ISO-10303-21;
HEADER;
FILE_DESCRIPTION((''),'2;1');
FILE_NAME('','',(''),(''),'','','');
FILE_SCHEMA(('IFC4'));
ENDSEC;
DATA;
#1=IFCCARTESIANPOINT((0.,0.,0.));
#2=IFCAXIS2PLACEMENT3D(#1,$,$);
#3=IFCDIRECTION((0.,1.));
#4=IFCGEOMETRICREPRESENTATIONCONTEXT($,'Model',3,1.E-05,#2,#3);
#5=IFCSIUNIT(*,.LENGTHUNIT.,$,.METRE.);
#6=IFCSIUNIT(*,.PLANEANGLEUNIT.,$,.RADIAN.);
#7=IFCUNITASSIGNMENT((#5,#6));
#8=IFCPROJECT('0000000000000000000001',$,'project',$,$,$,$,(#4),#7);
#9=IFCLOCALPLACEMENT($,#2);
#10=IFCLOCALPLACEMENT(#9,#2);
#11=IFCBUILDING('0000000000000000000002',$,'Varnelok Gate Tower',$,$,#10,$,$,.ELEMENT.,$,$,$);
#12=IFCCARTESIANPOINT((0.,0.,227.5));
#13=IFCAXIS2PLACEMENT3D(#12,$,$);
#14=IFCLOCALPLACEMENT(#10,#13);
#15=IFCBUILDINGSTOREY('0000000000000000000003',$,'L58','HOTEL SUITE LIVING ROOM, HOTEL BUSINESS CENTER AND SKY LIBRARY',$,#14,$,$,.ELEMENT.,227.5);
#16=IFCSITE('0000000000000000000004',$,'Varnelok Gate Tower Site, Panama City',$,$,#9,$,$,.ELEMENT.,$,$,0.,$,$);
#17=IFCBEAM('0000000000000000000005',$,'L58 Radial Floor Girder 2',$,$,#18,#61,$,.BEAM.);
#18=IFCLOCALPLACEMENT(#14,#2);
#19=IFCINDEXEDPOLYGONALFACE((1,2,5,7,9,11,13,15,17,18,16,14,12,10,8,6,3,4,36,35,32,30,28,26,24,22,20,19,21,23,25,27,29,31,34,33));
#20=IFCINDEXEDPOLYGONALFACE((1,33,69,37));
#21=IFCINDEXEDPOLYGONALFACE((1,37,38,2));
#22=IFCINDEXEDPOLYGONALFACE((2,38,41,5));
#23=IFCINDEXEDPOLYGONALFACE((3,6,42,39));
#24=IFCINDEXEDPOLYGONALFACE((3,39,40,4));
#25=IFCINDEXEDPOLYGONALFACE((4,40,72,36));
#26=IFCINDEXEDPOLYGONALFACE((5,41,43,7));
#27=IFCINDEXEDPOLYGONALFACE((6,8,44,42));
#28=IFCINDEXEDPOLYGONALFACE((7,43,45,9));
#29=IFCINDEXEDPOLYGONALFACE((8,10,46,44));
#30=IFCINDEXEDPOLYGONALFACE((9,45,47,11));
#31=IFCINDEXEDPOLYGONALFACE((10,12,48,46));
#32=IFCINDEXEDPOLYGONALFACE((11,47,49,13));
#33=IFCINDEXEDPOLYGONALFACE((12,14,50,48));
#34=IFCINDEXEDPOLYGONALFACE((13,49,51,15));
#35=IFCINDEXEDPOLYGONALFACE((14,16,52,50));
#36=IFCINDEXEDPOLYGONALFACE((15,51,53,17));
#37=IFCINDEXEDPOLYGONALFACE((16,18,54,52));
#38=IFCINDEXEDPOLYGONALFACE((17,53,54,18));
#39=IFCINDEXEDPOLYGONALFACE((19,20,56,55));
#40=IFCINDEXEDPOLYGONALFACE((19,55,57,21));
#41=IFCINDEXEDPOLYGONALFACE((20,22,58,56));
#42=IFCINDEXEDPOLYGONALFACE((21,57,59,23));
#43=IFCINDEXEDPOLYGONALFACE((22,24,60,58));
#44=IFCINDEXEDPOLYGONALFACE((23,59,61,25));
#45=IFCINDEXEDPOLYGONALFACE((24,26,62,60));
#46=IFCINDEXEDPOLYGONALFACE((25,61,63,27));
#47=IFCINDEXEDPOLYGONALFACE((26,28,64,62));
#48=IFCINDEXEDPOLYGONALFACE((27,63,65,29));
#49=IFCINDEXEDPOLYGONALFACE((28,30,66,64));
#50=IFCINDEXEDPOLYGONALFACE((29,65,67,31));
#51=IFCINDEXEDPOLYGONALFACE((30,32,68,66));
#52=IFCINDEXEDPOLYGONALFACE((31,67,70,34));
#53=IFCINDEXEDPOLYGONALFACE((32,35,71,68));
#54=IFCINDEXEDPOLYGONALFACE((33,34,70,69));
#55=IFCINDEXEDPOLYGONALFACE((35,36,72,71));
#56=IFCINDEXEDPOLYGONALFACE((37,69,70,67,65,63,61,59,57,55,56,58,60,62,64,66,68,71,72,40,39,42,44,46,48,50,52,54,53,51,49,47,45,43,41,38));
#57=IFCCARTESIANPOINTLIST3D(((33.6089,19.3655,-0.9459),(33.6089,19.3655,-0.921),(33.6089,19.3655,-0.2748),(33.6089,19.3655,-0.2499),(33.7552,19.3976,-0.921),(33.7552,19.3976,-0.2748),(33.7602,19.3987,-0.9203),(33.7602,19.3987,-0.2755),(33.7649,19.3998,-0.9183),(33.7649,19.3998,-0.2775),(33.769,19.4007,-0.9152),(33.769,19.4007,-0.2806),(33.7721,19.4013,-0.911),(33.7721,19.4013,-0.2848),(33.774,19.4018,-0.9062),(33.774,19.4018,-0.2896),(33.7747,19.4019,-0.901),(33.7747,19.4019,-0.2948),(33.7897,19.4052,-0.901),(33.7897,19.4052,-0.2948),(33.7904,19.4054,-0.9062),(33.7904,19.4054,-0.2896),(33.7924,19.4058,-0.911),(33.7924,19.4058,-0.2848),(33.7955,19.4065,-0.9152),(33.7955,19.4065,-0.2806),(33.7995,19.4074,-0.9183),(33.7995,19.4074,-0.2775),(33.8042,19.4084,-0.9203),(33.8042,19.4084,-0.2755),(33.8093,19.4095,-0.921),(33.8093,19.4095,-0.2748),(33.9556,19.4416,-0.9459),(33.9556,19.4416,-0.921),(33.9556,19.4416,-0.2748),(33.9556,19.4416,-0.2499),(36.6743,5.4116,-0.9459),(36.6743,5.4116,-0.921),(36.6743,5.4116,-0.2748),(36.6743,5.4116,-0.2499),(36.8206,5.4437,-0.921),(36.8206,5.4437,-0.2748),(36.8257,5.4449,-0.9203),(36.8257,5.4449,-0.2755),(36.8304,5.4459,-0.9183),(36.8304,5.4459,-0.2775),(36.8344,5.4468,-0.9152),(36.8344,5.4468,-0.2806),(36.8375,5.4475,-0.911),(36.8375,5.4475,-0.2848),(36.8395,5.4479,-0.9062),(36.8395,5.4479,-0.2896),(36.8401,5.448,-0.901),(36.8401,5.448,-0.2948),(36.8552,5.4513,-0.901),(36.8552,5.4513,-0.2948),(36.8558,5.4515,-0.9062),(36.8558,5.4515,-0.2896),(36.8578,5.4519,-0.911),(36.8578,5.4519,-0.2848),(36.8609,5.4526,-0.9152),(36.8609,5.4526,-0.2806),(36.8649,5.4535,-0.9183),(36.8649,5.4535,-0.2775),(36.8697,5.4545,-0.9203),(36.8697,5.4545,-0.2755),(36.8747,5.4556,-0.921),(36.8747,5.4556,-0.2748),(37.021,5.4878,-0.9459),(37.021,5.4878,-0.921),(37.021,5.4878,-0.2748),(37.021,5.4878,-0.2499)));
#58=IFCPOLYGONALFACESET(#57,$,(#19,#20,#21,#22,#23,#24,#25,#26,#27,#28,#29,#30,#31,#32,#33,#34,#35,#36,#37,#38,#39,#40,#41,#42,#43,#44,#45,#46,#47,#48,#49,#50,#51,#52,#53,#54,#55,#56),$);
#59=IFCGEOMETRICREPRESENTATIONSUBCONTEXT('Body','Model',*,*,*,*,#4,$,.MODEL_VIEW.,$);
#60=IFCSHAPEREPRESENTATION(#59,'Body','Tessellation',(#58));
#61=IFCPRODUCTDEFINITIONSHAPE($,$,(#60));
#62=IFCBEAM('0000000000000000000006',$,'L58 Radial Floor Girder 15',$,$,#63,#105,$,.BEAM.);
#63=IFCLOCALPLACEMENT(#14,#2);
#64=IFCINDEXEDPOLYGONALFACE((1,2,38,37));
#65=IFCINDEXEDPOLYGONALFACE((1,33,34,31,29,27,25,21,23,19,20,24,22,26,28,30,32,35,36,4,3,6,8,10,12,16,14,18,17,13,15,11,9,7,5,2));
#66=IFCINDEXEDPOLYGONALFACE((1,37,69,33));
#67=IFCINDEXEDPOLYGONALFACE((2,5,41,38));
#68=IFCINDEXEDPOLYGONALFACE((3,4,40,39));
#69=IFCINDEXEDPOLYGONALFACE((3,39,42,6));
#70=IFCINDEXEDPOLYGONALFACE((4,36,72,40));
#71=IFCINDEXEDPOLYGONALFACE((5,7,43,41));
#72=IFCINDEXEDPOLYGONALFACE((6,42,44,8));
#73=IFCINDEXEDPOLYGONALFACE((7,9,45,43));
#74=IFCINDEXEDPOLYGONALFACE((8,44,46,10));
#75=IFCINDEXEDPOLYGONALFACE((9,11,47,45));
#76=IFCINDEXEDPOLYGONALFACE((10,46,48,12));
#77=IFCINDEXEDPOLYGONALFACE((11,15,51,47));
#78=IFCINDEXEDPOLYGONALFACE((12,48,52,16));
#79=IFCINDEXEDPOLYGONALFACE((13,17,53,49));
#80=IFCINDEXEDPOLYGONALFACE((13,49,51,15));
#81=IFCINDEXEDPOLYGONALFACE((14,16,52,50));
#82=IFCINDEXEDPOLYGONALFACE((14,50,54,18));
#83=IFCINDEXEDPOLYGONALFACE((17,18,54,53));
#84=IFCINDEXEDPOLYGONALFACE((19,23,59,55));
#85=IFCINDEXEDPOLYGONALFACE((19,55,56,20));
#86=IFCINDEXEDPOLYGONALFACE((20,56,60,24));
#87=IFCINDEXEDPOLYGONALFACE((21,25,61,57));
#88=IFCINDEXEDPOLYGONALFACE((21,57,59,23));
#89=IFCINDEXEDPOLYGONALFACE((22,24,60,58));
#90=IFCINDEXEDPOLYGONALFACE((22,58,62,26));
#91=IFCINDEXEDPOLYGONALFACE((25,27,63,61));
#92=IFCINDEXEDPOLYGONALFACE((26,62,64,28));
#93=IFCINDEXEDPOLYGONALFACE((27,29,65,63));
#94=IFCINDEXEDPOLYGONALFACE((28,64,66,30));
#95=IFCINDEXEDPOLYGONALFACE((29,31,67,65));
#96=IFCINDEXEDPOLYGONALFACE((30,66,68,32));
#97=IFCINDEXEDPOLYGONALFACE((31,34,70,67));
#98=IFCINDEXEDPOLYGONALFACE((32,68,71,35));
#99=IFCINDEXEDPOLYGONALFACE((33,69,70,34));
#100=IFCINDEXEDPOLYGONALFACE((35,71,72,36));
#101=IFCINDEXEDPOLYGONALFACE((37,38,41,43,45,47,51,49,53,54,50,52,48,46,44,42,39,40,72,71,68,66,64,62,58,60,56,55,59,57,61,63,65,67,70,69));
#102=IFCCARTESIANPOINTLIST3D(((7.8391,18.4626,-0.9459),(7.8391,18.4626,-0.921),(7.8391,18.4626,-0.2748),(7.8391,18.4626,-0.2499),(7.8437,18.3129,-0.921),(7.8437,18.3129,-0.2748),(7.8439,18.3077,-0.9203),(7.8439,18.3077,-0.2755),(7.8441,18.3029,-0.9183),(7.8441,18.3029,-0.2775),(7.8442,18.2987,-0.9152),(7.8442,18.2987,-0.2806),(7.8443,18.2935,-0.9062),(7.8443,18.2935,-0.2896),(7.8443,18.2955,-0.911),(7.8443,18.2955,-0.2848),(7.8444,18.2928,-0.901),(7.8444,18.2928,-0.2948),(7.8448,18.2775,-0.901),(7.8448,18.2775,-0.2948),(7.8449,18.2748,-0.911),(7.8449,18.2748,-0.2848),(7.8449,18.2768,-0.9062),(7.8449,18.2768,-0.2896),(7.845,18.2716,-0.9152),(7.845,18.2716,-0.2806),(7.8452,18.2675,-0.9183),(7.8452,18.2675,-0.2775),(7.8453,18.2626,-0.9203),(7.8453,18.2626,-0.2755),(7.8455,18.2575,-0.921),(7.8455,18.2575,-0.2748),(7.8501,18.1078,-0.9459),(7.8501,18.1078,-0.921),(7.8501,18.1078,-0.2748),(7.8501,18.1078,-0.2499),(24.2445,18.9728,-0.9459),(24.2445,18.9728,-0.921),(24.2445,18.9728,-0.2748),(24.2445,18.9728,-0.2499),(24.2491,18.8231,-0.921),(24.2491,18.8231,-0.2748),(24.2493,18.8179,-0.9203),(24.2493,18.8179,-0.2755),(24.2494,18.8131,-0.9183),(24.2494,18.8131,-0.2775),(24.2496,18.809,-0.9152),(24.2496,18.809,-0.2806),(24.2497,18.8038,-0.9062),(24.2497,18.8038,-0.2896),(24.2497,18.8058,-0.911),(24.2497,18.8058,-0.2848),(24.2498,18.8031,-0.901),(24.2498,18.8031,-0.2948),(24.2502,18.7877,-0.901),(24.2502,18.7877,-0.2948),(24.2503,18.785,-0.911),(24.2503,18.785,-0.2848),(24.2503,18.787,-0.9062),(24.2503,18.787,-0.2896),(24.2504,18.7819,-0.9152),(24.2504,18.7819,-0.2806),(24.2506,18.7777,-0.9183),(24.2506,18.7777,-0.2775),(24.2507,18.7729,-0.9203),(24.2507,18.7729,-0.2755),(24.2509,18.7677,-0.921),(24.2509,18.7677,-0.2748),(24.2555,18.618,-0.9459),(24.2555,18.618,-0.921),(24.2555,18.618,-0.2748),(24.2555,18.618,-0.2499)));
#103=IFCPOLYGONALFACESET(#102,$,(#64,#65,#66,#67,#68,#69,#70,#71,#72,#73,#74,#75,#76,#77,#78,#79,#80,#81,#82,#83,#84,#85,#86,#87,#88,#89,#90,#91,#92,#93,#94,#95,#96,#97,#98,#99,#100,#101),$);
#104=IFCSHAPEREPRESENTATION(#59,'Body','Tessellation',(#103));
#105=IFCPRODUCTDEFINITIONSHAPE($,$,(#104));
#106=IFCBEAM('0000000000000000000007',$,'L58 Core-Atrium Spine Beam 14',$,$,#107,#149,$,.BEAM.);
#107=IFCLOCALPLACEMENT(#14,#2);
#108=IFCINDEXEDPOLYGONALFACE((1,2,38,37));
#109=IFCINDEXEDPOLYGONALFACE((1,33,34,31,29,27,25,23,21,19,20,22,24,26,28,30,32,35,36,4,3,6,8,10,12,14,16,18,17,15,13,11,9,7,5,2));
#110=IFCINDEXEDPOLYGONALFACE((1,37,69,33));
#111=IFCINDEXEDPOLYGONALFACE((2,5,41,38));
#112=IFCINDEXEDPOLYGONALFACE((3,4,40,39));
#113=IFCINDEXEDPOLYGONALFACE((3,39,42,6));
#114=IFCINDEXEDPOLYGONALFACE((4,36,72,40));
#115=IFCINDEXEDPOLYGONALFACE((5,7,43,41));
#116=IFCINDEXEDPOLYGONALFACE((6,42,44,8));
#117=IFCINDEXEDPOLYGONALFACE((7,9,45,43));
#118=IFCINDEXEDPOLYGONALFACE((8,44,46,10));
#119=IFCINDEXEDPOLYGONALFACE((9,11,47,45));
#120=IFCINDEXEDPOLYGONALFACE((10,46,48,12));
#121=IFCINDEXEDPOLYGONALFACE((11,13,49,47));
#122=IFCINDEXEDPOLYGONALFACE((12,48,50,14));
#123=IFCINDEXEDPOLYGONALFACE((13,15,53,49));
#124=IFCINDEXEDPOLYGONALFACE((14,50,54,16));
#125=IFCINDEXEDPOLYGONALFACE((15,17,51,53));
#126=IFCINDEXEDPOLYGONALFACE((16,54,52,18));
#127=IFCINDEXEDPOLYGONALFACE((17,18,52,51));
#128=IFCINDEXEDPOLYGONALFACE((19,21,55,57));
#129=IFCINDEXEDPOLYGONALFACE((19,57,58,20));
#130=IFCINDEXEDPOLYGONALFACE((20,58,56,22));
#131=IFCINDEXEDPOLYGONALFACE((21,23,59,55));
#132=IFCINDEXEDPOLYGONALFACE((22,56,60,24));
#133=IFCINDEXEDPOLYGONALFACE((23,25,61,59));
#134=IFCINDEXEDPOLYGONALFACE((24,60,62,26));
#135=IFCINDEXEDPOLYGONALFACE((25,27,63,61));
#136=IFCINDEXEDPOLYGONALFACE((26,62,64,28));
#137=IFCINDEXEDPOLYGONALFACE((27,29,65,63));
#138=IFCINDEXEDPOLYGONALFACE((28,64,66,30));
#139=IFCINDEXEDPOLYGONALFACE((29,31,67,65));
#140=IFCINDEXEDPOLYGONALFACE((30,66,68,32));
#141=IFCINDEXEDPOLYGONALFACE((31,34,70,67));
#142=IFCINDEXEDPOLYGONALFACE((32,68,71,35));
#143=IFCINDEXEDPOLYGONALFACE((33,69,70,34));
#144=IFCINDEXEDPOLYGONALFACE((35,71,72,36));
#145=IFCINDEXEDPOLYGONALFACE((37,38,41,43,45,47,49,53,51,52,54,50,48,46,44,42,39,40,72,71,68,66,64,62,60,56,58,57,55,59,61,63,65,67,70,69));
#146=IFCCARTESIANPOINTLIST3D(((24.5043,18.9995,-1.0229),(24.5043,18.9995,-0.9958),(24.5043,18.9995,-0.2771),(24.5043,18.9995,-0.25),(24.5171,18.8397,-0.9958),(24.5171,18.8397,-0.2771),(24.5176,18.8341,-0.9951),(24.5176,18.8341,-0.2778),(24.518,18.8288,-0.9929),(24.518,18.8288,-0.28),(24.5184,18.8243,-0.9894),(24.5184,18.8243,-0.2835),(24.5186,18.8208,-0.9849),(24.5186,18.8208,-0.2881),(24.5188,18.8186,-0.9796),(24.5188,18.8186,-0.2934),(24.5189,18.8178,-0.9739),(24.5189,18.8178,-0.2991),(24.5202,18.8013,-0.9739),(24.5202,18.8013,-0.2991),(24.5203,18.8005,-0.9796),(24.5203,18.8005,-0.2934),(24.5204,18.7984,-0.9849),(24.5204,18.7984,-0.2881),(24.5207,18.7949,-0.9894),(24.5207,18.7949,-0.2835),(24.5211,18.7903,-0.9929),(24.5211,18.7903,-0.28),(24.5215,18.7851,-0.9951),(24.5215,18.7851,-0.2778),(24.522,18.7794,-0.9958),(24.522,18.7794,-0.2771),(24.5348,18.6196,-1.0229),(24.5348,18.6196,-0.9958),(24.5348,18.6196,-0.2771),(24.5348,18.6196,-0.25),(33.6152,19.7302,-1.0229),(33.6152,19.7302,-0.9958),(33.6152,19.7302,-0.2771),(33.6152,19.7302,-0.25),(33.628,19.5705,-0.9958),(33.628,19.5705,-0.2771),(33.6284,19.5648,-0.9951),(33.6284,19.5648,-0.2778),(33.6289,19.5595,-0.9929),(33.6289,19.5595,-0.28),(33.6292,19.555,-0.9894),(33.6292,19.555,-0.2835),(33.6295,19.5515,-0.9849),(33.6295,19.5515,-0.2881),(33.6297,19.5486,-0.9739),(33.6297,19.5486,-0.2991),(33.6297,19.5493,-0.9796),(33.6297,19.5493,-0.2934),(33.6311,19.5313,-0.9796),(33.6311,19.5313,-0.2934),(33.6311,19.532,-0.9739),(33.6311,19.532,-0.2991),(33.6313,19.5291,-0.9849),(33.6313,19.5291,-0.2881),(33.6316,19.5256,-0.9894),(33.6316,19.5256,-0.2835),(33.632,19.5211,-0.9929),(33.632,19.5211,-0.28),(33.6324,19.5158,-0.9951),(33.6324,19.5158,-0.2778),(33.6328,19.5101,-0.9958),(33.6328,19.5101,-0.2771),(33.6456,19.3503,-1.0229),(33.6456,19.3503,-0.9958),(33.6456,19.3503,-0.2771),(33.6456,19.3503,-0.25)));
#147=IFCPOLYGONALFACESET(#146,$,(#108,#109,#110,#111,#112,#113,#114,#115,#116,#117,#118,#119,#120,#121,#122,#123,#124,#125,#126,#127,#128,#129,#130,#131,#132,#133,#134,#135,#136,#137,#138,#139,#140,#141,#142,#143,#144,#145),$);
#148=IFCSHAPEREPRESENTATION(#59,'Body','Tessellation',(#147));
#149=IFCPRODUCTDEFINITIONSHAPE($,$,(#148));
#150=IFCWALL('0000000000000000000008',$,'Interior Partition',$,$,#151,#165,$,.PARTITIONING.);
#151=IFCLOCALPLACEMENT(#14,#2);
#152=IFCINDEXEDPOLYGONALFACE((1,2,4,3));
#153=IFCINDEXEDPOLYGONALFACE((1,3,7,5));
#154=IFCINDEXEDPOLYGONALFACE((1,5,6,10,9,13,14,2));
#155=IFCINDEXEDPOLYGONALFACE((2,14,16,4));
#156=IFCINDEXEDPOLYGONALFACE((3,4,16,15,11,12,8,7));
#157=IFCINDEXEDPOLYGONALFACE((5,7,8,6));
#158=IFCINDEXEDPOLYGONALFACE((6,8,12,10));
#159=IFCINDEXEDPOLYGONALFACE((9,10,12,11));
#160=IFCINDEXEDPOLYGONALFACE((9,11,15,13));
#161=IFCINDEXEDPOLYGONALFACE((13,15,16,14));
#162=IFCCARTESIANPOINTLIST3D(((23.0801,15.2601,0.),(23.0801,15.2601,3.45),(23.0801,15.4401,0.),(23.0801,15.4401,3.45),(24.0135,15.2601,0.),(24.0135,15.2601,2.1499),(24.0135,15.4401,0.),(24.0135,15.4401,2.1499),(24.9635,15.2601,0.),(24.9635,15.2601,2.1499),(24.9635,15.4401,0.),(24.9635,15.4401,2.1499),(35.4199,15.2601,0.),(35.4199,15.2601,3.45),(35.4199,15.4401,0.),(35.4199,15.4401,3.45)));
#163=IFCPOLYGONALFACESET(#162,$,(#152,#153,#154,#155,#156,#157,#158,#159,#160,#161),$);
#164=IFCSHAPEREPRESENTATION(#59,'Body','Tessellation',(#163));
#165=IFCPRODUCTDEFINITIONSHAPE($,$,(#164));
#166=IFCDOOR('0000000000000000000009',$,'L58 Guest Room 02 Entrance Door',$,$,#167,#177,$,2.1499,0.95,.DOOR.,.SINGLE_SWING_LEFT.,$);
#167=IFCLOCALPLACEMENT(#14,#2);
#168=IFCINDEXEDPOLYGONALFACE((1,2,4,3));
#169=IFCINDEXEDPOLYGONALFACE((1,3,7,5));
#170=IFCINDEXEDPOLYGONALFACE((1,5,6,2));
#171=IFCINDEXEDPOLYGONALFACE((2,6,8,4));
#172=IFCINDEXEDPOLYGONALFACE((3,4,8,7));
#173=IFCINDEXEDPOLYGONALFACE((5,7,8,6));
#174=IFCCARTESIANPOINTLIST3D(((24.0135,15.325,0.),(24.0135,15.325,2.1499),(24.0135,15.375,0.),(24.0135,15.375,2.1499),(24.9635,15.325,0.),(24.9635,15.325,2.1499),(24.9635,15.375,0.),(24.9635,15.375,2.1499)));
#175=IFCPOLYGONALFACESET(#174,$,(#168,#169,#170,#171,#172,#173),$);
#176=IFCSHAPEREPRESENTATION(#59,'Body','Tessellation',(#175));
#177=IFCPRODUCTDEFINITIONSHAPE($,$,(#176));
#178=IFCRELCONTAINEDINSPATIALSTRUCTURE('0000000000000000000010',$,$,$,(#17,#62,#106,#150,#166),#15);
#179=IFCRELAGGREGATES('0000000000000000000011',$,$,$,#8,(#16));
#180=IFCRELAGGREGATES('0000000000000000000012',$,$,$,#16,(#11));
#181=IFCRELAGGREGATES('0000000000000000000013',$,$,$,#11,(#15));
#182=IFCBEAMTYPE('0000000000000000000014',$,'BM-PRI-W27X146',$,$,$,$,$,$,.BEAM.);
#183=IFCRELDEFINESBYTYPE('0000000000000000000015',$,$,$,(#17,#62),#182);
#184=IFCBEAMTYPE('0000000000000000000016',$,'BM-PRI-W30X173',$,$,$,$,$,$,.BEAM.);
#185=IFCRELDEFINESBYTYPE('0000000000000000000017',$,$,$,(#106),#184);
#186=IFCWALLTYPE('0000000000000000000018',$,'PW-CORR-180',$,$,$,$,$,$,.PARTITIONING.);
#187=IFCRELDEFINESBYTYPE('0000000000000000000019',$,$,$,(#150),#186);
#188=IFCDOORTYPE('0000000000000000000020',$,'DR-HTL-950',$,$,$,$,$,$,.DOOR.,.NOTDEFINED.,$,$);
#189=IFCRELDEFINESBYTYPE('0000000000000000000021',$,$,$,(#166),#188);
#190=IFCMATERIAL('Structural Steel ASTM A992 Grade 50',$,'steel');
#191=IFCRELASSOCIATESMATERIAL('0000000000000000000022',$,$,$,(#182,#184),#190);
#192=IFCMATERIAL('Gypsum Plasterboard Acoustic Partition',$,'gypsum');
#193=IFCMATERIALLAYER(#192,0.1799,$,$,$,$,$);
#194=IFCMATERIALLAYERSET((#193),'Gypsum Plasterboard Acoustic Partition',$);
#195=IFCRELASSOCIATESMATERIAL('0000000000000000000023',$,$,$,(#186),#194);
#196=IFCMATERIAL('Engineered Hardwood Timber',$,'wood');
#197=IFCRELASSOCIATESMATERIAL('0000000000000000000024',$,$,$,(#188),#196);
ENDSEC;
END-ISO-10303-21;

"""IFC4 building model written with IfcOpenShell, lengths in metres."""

from ifc_helpers import new_model, si_unit, direction, frame, frame_2d, origin, origin_2d, place, context, subcontext, project, spatial, rectangle, i_section, extrude, material, layer, layer_set, material_profile, profile_set, type_object, element, fill, save


model = new_model("IFC4")

# Units and contexts
model_context = context("Model", 3, precision=1e-05, world=origin(), true_north=direction((0.0, 1.0)))
body_context = subcontext(model_context, "Body", "Model", "MODEL_VIEW")
ifc_project = project(units=[si_unit("LENGTHUNIT", "METRE"), si_unit("PLANEANGLEUNIT", "RADIAN")], contexts=[model_context])

# Site, building, storey
site_placement = place(None, origin())
site = spatial("IfcSite", under=ifc_project, at=site_placement, Name="Varnelok Gate Tower Site, Panama City", CompositionType="ELEMENT", RefElevation=0.0)
building_placement = place(site_placement, origin())
building = spatial("IfcBuilding", under=site, at=building_placement, Name="Varnelok Gate Tower", CompositionType="ELEMENT")
storey_placement = place(building_placement, frame((0.0, 0.0, 227.5)))
storey = spatial("IfcBuildingStorey", under=building, at=storey_placement, Name="L58", Description="HOTEL SUITE LIVING ROOM, HOTEL BUSINESS CENTER AND SKY LIBRARY", CompositionType="ELEMENT", Elevation=227.5)

# Shared definitions
ifc_material_1 = material(Name="Structural Steel ASTM A992 Grade 50", Category="steel")

# Beams
ifc_material_profile_1 = material_profile(ifc_material_1, i_section(OverallWidth=0.355, OverallDepth=0.696, WebThickness=0.0154, FlangeThickness=0.0249, FilletRadius=0.02, at=origin_2d()), Name="W27X146")
ifc_profile_set_1 = profile_set([ifc_material_profile_1], Name="Structural Steel ASTM A992 Grade 50")
beam_type_1 = type_object("IfcBeamType", Name="BM-PRI-W27X146", PredefinedType="BEAM", material=ifc_profile_set_1)
beam_1_placement = place(storey_placement, frame((33.7822, 19.4036, -0.5979), z_axis=(0.214567, -0.976709, 0.0), x_axis=(0.976709, 0.214567, 0.0)))
element("IfcBeam", 1, at=beam_1_placement, inside=storey, type_object=beam_type_1, Name="L58 Radial Floor Girder 2", PredefinedType="BEAM", context=body_context, shape_type="SweptSolid", body=[
    extrude(i_section(OverallWidth=0.355, OverallDepth=0.696, WebThickness=0.0154, FlangeThickness=0.0249, FilletRadius=0.02, at=origin_2d()), origin(), (0.0, 0.0, 1.0), 14.2866),
])
beam_2_placement = place(storey_placement, frame((24.25, 18.7954, -0.5979), z_axis=(-0.999517, -0.031088, 0.0), x_axis=(0.031088, -0.999517, 0.0)))
element("IfcBeam", 2, at=beam_2_placement, inside=storey, type_object=beam_type_1, Name="L58 Radial Floor Girder 15", PredefinedType="BEAM", context=body_context, shape_type="SweptSolid", body=[
    extrude(i_section(OverallWidth=0.355, OverallDepth=0.696, WebThickness=0.0154, FlangeThickness=0.0249, FilletRadius=0.02, at=origin_2d()), origin(), (0.0, 0.0, 1.0), 16.4133),
])
ifc_material_profile_2 = material_profile(ifc_material_1, i_section(OverallWidth=0.3811, OverallDepth=0.7729, WebThickness=0.0166, FlangeThickness=0.0271, FilletRadius=0.022, at=origin_2d()), Name="W30X173")
ifc_profile_set_2 = profile_set([ifc_material_profile_2], Name="Structural Steel ASTM A992 Grade 50")
beam_type_2 = type_object("IfcBeamType", Name="BM-PRI-W30X173", PredefinedType="BEAM", material=ifc_profile_set_2)
beam_3_placement = place(storey_placement, frame((24.5195, 18.8096, -0.6365), z_axis=(0.996799, 0.079946, 0.0), x_axis=(-0.079946, 0.996799, 0.0)))
element("IfcBeam", 3, at=beam_3_placement, inside=storey, type_object=beam_type_2, Name="L58 Core-Atrium Spine Beam 14", PredefinedType="BEAM", context=body_context, shape_type="SweptSolid", body=[
    extrude(i_section(OverallWidth=0.3811, OverallDepth=0.7729, WebThickness=0.0166, FlangeThickness=0.0271, FilletRadius=0.022, at=origin_2d()), origin(), (0.0, 0.0, 1.0), 9.1401),
])

# Wall, opening, door
ifc_material_2 = material(Name="Gypsum Plasterboard Acoustic Partition", Category="gypsum")
ifc_layer_1 = layer(ifc_material_2, 0.1799)
ifc_layer_set_1 = layer_set([ifc_layer_1], Name="Gypsum Plasterboard Acoustic Partition")
wall_type_1 = type_object("IfcWallType", Name="PW-CORR-180", PredefinedType="PARTITIONING", material=ifc_layer_set_1)
wall_1_placement = place(storey_placement, frame((23.0801, 15.3501, 0.0), z_axis=(0.0, 0.0, 1.0), x_axis=(1.0, 0.0, 0.0)))
wall_1 = element("IfcWall", 4, at=wall_1_placement, inside=storey, type_object=wall_type_1, Name="Interior Partition", PredefinedType="PARTITIONING", context=body_context, shape_type="SweptSolid", body=[
    extrude(rectangle(XDim=12.3398, YDim=0.1799, at=frame_2d((6.1699, 0.0))), origin(), (0.0, 0.0, 1.0), 3.45),
])
opening_1_placement = place(wall_1_placement, frame((0.9333, 0.0, 0.0)))
opening_1 = element("IfcOpeningElement", 5, at=opening_1_placement, cuts=wall_1, PredefinedType="OPENING", context=body_context, shape_type="SweptSolid", body=[
    extrude(rectangle(XDim=0.95, YDim=2.1499, at=frame_2d((0.4751, 1.075))), frame((0.0, 0.0999, 0.0), z_axis=(0.0, -1.0, 0.0), x_axis=(1.0, 0.0, 0.0)), (0.0, 0.0, 1.0), 0.2),
])
ifc_material_3 = material(Name="Engineered Hardwood Timber", Category="wood")
door_type_1 = type_object("IfcDoorType", Name="DR-HTL-950", OperationType="NOTDEFINED", PredefinedType="DOOR", material=ifc_material_3)
door_1_placement = place(opening_1_placement, origin())
door_1 = element("IfcDoor", 6, at=door_1_placement, inside=storey, type_object=door_type_1, Name="L58 Guest Room 02 Entrance Door", OperationType="SINGLE_SWING_LEFT", OverallHeight=2.1499, OverallWidth=0.95, PredefinedType="DOOR", context=body_context, shape_type="SweptSolid", body=[
    extrude(rectangle(XDim=0.95, YDim=2.1499, at=frame_2d((0.4751, 1.075))), frame((0.0, 0.0249, 0.0), z_axis=(0.0, -1.0, 0.0), x_axis=(1.0, 0.0, 0.0)), (0.0, 0.0, 1.0), 0.05),
])
fill(opening_1, door_1)

save(model, "model.ifc")
